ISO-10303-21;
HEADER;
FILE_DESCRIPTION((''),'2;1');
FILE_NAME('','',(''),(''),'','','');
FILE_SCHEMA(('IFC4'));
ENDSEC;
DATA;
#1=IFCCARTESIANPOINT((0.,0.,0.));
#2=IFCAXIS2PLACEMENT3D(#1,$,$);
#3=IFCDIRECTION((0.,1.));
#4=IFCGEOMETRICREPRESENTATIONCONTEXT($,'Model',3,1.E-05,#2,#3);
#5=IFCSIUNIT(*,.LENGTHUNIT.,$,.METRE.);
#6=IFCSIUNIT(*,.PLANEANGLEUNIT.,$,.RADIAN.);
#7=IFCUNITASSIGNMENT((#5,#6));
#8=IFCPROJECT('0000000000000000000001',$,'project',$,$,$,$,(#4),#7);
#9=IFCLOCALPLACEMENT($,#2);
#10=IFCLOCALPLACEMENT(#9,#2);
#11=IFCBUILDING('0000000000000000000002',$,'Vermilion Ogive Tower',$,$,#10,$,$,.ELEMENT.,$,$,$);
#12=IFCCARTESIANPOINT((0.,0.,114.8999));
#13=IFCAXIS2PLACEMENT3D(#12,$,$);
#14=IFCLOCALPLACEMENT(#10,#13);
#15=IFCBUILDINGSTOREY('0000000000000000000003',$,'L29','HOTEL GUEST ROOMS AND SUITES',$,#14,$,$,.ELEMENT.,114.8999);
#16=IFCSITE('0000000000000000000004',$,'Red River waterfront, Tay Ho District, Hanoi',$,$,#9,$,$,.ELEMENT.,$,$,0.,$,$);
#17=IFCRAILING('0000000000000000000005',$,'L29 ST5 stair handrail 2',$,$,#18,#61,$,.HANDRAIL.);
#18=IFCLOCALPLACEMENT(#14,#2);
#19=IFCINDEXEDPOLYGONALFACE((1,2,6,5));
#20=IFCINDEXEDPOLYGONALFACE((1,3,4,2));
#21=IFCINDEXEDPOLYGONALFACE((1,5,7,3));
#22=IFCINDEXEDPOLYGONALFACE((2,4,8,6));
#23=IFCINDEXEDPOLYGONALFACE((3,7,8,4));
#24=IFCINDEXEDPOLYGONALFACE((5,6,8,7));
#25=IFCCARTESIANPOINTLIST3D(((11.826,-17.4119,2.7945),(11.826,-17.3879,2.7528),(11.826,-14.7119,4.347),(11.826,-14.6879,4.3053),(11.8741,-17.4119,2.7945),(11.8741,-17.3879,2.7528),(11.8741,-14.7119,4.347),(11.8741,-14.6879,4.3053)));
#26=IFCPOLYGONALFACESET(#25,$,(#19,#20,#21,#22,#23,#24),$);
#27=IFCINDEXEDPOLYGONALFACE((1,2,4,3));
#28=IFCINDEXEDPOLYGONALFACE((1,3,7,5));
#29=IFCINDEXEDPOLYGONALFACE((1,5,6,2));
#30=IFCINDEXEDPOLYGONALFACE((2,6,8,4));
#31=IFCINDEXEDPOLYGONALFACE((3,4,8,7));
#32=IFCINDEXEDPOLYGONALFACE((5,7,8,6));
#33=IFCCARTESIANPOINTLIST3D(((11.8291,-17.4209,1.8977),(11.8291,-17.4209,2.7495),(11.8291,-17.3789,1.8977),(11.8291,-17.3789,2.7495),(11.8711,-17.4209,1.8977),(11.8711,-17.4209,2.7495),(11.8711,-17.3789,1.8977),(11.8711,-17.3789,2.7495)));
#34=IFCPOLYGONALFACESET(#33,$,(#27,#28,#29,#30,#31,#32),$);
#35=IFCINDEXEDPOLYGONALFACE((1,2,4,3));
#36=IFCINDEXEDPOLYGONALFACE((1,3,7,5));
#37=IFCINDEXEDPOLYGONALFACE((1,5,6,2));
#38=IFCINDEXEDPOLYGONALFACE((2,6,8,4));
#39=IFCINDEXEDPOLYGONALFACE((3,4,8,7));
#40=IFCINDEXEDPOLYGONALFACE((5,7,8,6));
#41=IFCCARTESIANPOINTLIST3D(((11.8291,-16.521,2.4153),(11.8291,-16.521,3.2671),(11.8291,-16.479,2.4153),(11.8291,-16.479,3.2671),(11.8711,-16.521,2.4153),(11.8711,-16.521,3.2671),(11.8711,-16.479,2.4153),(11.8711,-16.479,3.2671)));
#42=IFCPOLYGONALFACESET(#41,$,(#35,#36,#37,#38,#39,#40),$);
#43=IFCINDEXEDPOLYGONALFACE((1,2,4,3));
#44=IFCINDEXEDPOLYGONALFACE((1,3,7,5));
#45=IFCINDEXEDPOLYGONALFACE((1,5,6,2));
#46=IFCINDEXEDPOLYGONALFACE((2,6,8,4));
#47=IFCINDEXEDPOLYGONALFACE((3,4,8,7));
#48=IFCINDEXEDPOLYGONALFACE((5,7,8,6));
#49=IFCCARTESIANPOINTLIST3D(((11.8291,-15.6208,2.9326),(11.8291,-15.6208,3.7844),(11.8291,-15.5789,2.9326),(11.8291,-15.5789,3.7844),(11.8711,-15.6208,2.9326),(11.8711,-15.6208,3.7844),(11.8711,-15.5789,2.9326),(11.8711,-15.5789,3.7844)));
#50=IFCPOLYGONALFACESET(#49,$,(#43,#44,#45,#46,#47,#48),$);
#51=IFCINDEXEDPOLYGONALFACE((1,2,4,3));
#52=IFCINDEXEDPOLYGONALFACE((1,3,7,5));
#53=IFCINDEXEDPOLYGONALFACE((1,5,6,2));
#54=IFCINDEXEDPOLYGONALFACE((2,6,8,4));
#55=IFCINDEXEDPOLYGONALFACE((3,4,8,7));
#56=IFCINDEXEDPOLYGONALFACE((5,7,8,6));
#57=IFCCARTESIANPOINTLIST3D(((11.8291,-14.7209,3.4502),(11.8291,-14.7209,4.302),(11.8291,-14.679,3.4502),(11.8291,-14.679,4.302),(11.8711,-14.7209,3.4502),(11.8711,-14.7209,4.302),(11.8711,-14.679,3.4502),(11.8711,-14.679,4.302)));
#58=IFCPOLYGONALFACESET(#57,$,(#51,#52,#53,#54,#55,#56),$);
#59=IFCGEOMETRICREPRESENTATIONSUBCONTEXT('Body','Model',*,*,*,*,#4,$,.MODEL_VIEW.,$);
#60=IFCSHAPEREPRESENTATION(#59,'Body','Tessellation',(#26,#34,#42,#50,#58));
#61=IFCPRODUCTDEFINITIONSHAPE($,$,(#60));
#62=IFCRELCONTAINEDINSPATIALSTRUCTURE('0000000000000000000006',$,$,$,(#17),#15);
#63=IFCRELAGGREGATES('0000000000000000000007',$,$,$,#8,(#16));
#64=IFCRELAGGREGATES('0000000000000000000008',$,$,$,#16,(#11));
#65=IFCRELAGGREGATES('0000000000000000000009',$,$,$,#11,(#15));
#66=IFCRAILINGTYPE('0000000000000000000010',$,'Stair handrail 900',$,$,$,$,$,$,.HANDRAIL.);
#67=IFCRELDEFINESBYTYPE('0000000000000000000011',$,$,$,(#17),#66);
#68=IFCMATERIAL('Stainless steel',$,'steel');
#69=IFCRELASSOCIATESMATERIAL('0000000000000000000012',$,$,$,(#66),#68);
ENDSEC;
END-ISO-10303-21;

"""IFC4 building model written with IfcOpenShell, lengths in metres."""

from ifc_helpers import new_model, si_unit, direction, frame, origin, origin_2d, place, context, subcontext, project, spatial, rectangle, extrude, material, type_object, element, save


model = new_model("IFC4")

# Units and contexts
model_context = context("Model", 3, precision=1e-05, world=origin(), true_north=direction((0.0, 1.0)))
body_context = subcontext(model_context, "Body", "Model", "MODEL_VIEW")
ifc_project = project(units=[si_unit("LENGTHUNIT", "METRE"), si_unit("PLANEANGLEUNIT", "RADIAN")], contexts=[model_context])

# Site, building, storey
site_placement = place(None, origin())
site = spatial("IfcSite", under=ifc_project, at=site_placement, Name="Red River waterfront, Tay Ho District, Hanoi", CompositionType="ELEMENT", RefElevation=0.0)
building_placement = place(site_placement, origin())
building = spatial("IfcBuilding", under=site, at=building_placement, Name="Vermilion Ogive Tower", CompositionType="ELEMENT")
storey_placement = place(building_placement, frame((0.0, 0.0, 114.8999)))
storey = spatial("IfcBuildingStorey", under=building, at=storey_placement, Name="L29", Description="HOTEL GUEST ROOMS AND SUITES", CompositionType="ELEMENT", Elevation=114.8999)

# Railing
ifc_material_1 = material(Name="Stainless steel", Category="steel")
railing_type_1 = type_object("IfcRailingType", Name="Stair handrail 900", PredefinedType="HANDRAIL", material=ifc_material_1)
railing_1_placement = place(storey_placement, frame((11.8501, -17.3999, 1.8977)))
element("IfcRailing", 1, at=railing_1_placement, inside=storey, type_object=railing_type_1, Name="L29 ST5 stair handrail 2", PredefinedType="HANDRAIL", context=body_context, shape_type="SweptSolid", body=[
    extrude(rectangle(XDim=0.0481, YDim=0.0481, at=origin_2d()), frame((0.0, 0.0, 0.876), z_axis=(0.0, 0.866904, 0.498476), x_axis=(-1.0, 0.0, 0.0)), (0.0, 0.0, 1.0), 3.1145),
    extrude(rectangle(XDim=0.042, YDim=0.042, at=origin_2d()), origin(), (0.0, 0.0, 1.0), 0.8518),
    extrude(rectangle(XDim=0.042, YDim=0.042, at=origin_2d()), frame((0.0, 0.8999, 0.5176)), (0.0, 0.0, 1.0), 0.8518),
    extrude(rectangle(XDim=0.042, YDim=0.042, at=origin_2d()), frame((0.0, 1.8, 1.0349)), (0.0, 0.0, 1.0), 0.8518),
    extrude(rectangle(XDim=0.042, YDim=0.042, at=origin_2d()), frame((0.0, 2.7, 1.5525)), (0.0, 0.0, 1.0), 0.8518),
])

save(model, "model.ifc")
